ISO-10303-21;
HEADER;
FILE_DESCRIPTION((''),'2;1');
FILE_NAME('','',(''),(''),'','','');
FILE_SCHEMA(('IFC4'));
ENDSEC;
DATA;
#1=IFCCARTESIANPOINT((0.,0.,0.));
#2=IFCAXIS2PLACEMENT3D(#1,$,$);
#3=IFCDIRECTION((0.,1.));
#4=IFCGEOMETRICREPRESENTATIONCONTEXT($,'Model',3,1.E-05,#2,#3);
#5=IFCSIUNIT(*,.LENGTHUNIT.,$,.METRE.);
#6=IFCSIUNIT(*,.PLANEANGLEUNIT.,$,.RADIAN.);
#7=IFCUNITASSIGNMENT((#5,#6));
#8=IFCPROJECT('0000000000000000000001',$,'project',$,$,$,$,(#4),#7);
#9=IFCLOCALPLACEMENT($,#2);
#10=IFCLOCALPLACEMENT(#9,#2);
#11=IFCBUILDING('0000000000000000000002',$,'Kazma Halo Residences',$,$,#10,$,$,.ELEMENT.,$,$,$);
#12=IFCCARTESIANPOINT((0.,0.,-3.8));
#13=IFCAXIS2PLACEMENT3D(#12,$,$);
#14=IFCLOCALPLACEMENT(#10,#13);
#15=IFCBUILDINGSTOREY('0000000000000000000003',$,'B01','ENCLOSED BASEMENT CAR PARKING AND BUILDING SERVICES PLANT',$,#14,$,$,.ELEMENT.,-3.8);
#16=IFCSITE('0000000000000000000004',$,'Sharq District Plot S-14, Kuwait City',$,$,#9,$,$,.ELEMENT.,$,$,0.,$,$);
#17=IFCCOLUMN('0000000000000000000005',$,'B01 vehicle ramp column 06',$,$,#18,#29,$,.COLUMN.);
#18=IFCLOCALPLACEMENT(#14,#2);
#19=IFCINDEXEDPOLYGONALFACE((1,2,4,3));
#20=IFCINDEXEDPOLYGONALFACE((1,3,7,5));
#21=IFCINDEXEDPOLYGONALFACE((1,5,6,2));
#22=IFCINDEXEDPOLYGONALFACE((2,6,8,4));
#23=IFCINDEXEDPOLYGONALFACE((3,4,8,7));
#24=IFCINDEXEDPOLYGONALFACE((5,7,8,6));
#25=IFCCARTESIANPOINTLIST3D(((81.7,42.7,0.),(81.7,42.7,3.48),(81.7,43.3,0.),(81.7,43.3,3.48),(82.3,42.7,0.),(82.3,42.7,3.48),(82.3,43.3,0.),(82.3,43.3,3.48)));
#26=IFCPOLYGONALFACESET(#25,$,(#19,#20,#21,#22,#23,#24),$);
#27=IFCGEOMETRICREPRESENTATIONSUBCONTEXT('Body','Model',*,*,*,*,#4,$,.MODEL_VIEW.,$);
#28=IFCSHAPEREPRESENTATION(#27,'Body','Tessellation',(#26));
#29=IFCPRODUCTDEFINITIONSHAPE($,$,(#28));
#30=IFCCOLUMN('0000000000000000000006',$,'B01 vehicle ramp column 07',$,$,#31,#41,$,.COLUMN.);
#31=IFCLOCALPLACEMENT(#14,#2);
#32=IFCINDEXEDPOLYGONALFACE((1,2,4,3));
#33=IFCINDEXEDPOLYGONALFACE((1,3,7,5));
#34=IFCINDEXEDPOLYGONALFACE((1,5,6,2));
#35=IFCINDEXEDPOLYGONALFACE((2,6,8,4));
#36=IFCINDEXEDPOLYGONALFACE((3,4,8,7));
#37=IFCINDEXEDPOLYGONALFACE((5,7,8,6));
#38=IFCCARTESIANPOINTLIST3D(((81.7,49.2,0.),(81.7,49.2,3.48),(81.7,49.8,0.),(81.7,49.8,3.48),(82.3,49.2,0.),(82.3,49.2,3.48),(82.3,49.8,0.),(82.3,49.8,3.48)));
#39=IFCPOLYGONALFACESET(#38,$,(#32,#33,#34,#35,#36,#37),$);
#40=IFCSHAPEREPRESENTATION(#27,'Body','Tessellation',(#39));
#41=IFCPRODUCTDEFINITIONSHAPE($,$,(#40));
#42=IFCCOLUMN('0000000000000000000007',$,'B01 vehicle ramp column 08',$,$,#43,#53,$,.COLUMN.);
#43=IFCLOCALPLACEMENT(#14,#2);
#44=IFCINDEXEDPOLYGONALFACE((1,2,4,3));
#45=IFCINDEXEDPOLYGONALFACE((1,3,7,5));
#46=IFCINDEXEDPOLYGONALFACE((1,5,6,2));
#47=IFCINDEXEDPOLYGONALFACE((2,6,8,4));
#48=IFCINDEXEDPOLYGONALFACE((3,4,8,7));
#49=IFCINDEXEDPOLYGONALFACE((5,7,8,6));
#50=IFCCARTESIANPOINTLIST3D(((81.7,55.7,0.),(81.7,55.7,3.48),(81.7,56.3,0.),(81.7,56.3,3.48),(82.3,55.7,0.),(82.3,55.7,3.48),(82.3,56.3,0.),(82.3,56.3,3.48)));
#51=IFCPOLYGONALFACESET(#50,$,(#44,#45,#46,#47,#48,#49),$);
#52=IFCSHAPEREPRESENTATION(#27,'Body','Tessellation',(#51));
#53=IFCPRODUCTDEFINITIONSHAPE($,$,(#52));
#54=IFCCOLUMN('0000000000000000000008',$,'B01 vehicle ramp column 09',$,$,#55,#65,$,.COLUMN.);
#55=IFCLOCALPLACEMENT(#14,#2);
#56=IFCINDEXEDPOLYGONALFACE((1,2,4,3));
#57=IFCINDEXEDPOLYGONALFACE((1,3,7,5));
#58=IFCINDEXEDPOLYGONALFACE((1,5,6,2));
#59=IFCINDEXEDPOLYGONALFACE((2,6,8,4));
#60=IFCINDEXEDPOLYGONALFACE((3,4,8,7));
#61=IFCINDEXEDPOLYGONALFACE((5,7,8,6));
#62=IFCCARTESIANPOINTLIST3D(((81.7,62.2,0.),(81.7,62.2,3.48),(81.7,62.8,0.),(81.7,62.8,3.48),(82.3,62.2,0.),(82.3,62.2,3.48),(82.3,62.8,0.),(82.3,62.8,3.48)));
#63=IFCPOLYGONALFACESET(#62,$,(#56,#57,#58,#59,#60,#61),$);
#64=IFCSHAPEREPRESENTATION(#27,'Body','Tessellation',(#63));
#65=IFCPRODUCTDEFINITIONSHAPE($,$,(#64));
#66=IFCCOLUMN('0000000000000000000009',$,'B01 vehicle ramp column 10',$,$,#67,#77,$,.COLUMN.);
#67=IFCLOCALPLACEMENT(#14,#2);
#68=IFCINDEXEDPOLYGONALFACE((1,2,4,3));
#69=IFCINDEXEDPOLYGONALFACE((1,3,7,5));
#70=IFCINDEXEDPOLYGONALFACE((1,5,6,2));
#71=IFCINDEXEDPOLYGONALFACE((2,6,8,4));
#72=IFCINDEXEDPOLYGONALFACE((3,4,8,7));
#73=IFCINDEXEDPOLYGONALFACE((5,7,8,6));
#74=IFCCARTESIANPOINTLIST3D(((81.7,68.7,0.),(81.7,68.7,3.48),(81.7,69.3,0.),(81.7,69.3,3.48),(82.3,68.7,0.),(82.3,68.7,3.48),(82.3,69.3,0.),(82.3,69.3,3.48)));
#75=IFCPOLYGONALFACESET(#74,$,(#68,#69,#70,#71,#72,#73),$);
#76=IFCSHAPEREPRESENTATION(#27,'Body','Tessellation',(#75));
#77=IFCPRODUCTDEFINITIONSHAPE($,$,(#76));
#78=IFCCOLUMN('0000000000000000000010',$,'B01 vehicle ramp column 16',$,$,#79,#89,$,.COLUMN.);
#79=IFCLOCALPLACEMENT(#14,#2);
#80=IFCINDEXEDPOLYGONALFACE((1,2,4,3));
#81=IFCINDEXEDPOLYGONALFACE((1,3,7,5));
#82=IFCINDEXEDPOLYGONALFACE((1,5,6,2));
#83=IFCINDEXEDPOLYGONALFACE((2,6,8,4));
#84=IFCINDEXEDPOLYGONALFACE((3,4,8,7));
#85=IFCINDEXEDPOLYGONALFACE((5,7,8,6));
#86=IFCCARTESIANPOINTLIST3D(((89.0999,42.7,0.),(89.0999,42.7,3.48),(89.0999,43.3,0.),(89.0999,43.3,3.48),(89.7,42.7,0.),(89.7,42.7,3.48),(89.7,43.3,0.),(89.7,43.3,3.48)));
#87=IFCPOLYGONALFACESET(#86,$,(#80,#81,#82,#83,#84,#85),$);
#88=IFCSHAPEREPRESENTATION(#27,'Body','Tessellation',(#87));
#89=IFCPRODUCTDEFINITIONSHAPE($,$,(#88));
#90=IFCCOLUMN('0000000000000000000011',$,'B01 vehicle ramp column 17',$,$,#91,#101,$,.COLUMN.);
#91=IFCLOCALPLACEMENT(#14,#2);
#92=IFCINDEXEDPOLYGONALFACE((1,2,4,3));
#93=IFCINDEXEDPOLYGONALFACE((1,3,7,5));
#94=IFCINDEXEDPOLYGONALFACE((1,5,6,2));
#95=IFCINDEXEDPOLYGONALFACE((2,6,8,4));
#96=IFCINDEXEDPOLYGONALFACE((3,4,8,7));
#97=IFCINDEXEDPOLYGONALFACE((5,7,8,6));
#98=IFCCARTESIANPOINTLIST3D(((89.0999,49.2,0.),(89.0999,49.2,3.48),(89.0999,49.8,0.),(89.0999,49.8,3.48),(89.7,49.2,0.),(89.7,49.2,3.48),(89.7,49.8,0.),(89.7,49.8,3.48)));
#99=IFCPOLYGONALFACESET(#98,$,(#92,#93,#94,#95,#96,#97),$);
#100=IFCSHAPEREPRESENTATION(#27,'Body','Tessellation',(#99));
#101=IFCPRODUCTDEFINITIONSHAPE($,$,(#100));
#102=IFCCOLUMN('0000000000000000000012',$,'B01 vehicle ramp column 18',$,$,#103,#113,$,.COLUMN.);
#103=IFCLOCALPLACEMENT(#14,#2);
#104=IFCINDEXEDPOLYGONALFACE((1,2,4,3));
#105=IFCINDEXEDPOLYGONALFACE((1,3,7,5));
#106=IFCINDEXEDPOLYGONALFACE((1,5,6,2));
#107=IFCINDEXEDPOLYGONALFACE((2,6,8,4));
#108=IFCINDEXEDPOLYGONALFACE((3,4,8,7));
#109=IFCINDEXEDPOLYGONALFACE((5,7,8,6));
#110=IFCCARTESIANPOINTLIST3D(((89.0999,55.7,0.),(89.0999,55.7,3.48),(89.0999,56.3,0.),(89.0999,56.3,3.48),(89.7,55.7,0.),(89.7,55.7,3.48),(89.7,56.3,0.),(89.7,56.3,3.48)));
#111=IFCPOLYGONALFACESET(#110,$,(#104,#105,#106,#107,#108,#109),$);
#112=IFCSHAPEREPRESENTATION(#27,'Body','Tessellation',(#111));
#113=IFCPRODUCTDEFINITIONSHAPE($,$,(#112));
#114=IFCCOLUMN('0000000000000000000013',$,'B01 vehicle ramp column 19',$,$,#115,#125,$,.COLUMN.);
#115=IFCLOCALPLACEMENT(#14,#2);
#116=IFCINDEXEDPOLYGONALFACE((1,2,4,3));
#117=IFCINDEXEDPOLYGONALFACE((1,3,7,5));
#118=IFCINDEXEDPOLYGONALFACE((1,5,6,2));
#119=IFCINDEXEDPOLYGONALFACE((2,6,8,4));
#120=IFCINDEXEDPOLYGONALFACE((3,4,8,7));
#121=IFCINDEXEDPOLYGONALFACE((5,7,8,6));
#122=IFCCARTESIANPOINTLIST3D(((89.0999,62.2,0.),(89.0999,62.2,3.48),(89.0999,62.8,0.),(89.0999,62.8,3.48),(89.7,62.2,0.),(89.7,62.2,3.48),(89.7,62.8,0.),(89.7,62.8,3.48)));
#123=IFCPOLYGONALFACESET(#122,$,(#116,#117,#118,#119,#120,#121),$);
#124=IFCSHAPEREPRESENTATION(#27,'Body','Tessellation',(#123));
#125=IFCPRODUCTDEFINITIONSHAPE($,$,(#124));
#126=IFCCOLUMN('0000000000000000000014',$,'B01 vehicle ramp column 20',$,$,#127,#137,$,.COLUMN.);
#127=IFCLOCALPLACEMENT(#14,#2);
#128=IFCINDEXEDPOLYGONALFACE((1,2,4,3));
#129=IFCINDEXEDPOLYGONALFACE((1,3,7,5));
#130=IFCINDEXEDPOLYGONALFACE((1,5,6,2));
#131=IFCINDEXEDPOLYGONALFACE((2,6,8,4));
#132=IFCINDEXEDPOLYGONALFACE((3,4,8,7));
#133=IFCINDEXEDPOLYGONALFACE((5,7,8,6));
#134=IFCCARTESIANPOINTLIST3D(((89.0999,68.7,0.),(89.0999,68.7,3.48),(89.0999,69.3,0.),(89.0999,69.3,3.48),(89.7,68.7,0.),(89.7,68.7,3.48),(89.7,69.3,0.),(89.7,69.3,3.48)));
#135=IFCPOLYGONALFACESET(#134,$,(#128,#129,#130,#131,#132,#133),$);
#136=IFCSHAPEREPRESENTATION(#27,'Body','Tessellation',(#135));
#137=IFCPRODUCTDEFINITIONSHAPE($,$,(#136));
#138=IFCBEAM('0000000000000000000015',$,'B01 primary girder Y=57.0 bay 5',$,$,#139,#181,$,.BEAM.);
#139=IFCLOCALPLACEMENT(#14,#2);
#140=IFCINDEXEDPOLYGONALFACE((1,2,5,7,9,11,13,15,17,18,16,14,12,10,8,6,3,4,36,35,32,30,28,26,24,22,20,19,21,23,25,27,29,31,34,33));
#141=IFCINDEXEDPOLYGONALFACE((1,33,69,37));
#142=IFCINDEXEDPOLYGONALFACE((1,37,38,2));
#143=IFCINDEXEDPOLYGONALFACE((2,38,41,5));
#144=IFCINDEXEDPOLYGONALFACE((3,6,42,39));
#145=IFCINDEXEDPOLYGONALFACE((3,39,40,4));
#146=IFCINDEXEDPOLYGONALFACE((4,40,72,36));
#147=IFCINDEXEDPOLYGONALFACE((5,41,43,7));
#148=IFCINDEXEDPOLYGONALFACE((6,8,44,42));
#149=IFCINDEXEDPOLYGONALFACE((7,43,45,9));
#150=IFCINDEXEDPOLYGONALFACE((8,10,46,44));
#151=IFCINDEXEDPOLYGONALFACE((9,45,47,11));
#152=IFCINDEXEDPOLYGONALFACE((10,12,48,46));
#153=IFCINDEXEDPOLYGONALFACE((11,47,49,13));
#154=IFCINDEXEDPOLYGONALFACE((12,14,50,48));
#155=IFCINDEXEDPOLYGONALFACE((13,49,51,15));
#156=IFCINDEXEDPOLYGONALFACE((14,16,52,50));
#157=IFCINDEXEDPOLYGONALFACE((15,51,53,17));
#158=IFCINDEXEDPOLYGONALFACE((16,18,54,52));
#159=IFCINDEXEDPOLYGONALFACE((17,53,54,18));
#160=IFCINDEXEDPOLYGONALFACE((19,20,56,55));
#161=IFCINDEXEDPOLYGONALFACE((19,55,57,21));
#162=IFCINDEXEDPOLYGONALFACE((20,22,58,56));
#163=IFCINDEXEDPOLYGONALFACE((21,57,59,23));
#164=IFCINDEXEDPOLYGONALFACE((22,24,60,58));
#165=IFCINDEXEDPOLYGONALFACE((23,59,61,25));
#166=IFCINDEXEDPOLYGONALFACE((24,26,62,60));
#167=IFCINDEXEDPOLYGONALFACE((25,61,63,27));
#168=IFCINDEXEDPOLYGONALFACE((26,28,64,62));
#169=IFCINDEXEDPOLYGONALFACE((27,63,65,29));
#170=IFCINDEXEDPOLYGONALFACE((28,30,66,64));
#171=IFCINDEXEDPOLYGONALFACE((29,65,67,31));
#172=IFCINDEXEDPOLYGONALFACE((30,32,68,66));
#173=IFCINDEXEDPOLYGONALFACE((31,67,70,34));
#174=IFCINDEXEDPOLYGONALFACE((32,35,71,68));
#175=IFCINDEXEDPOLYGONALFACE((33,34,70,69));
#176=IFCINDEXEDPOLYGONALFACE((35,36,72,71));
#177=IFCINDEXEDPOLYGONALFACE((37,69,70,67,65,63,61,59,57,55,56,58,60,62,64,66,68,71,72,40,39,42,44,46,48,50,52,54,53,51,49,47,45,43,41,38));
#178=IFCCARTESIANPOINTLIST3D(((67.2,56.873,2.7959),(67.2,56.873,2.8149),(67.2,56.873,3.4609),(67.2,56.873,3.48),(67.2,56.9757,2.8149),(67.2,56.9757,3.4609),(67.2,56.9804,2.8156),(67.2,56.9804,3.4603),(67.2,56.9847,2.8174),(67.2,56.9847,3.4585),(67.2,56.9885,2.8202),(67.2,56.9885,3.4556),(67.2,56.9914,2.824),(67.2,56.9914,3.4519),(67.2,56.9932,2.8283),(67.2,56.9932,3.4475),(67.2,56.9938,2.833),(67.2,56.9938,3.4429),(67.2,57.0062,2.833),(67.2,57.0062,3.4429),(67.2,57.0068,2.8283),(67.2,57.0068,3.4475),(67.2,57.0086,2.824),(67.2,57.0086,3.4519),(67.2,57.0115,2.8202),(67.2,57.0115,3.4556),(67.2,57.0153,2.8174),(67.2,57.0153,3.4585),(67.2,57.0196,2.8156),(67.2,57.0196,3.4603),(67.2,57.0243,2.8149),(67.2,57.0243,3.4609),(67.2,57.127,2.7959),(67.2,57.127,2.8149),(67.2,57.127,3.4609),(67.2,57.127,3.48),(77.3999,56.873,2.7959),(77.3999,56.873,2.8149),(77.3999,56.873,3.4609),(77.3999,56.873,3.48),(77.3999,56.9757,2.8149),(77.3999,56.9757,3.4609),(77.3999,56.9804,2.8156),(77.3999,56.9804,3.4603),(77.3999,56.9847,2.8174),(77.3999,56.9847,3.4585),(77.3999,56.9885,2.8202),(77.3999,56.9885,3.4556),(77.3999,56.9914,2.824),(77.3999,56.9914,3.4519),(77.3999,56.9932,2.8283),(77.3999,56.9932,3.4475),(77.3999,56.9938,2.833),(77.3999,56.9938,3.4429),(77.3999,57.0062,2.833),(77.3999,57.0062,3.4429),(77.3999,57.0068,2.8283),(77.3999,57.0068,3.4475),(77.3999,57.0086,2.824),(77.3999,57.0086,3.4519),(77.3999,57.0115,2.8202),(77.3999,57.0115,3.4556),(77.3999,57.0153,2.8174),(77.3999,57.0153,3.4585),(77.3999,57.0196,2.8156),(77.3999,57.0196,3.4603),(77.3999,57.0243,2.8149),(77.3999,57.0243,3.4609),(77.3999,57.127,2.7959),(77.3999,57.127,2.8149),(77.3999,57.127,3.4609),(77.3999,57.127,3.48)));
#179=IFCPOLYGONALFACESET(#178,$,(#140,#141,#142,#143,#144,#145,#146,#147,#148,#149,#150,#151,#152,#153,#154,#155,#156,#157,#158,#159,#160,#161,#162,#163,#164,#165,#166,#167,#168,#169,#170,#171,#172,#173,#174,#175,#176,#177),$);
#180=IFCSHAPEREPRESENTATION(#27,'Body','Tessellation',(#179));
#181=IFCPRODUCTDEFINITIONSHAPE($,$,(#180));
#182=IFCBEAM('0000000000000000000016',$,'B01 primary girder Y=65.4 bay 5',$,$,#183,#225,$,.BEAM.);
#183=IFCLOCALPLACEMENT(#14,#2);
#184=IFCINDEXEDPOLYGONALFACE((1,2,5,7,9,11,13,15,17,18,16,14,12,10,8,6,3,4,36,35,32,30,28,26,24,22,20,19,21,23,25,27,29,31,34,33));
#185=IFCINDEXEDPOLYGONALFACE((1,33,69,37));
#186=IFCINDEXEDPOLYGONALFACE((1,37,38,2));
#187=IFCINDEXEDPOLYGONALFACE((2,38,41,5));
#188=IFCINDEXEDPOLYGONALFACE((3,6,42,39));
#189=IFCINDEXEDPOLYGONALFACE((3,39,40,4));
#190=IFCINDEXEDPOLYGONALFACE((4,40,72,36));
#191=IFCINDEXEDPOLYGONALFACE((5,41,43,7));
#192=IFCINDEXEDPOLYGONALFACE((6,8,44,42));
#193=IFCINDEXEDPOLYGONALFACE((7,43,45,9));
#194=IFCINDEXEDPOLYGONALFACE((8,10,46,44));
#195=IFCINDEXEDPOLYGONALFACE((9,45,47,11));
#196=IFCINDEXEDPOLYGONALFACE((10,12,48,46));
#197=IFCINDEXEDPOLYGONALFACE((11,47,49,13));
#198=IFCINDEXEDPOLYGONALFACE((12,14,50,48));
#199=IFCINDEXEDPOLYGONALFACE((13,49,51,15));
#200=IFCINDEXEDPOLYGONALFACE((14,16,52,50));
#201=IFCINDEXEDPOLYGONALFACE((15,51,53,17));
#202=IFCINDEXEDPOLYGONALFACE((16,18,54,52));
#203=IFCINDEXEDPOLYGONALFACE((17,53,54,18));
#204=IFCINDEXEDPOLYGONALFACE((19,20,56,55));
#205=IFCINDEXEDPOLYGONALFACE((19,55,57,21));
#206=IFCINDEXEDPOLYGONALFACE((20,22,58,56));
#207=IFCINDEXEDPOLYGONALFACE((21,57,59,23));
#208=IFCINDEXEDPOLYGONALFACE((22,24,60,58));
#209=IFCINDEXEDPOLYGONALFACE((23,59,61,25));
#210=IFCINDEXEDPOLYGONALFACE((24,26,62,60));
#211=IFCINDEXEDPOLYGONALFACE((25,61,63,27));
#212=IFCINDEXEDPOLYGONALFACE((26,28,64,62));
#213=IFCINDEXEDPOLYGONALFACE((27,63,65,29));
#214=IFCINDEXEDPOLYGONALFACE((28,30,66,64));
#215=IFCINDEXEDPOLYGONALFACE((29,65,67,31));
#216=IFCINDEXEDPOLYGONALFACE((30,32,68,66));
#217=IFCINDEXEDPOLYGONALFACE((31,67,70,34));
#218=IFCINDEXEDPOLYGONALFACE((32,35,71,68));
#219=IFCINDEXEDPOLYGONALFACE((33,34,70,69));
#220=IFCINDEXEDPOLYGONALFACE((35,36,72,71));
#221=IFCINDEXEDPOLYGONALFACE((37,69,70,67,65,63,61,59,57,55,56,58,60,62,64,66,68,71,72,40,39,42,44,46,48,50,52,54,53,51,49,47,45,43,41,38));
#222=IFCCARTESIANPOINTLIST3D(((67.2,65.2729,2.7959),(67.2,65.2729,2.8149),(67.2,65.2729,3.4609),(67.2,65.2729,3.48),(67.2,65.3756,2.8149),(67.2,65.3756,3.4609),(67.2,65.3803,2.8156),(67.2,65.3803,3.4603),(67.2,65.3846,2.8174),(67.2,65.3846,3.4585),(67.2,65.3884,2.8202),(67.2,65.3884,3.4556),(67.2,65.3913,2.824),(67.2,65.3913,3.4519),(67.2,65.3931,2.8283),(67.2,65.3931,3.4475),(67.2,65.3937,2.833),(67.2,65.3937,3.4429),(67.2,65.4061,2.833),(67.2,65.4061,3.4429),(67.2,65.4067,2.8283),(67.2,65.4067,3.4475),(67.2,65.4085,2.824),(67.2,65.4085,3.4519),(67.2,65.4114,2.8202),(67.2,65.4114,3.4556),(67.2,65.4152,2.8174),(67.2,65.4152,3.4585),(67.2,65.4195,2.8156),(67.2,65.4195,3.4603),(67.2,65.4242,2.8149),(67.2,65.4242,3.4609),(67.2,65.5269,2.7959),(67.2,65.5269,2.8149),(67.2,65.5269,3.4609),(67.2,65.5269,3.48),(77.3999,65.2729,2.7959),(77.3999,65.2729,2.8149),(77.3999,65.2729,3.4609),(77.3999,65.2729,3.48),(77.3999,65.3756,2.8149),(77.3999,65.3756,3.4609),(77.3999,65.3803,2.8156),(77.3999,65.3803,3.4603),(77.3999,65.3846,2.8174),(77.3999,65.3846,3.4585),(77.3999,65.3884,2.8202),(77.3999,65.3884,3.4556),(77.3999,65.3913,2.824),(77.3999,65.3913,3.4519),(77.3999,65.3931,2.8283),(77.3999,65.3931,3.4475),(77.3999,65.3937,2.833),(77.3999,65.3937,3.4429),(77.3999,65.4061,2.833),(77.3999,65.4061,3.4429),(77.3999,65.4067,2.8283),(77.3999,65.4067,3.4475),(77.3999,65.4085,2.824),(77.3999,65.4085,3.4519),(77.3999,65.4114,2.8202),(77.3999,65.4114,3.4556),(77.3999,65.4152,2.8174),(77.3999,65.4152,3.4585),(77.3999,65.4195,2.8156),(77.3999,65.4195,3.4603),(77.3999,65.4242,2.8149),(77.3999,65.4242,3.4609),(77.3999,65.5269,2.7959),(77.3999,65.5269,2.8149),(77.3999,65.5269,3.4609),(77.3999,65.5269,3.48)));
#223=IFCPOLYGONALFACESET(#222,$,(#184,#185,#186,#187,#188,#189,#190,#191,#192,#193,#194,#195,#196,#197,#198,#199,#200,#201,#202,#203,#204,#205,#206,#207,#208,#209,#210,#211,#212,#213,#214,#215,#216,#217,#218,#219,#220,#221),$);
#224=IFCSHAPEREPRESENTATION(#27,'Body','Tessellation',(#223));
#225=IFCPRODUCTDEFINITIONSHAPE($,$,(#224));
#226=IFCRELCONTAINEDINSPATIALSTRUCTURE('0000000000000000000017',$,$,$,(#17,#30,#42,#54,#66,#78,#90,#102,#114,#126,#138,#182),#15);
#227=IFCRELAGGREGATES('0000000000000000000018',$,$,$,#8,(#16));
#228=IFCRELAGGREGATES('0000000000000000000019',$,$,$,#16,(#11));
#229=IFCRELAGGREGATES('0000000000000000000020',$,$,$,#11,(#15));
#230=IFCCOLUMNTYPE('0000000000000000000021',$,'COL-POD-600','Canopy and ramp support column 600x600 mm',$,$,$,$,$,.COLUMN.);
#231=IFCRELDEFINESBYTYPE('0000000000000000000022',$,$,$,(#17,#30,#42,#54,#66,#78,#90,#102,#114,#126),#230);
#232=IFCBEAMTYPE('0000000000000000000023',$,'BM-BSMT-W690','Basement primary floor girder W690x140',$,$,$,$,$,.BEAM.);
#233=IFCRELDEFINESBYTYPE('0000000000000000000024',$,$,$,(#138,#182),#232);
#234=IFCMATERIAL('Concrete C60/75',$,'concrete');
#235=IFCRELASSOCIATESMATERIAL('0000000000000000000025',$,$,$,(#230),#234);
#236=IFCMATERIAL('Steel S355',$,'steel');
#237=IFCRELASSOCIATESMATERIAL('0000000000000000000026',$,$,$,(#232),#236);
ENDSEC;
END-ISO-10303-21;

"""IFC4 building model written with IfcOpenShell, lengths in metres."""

from ifc_helpers import new_model, si_unit, direction, frame, origin, origin_2d, place, context, subcontext, project, spatial, rectangle, i_section, extrude, material, material_profile, profile_set, type_object, element, save


model = new_model("IFC4")

# Units and contexts
model_context = context("Model", 3, precision=1e-05, world=origin(), true_north=direction((0.0, 1.0)))
body_context = subcontext(model_context, "Body", "Model", "MODEL_VIEW")
ifc_project = project(units=[si_unit("LENGTHUNIT", "METRE"), si_unit("PLANEANGLEUNIT", "RADIAN")], contexts=[model_context])

# Site, building, storey
site_placement = place(None, origin())
site = spatial("IfcSite", under=ifc_project, at=site_placement, Name="Sharq District Plot S-14, Kuwait City", CompositionType="ELEMENT", RefElevation=0.0)
building_placement = place(site_placement, origin())
building = spatial("IfcBuilding", under=site, at=building_placement, Name="Kazma Halo Residences", CompositionType="ELEMENT")
storey_placement = place(building_placement, frame((0.0, 0.0, -3.8)))
storey = spatial("IfcBuildingStorey", under=building, at=storey_placement, Name="B01", Description="ENCLOSED BASEMENT CAR PARKING AND BUILDING SERVICES PLANT", CompositionType="ELEMENT", Elevation=-3.8)

# Columns
ifc_material_1 = material(Name="Concrete C60/75", Category="concrete")
ifc_material_profile_1 = material_profile(ifc_material_1, rectangle(XDim=0.6001, YDim=0.6001, at=origin_2d()), Name="RECT600x600")
ifc_profile_set_1 = profile_set([ifc_material_profile_1], Name="Concrete C60/75")
column_type_1 = type_object("IfcColumnType", Name="COL-POD-600", Description="Canopy and ramp support column 600x600 mm", PredefinedType="COLUMN", material=ifc_profile_set_1)
for number, where, z_axis, x_axis, name in (
    (1, (82.0, 43.0, 0.0), (0.0, 0.0, 1.0), (1.0, 0.0, 0.0), "B01 vehicle ramp column 06"),
    (2, (82.0, 49.5, 0.0), (0.0, 0.0, 1.0), (1.0, 0.0, 0.0), "B01 vehicle ramp column 07"),
    (3, (82.0, 56.0, 0.0), (0.0, 0.0, 1.0), (1.0, 0.0, 0.0), "B01 vehicle ramp column 08"),
    (4, (82.0, 62.5, 0.0), (0.0, 0.0, 1.0), (1.0, 0.0, 0.0), "B01 vehicle ramp column 09"),
    (5, (82.0, 69.0, 0.0), (0.0, 0.0, 1.0), (1.0, 0.0, 0.0), "B01 vehicle ramp column 10"),
    (6, (89.3999, 43.0, 0.0), (0.0, 0.0, 1.0), (1.0, 0.0, 0.0), "B01 vehicle ramp column 16"),
    (7, (89.3999, 49.5, 0.0), (0.0, 0.0, 1.0), (1.0, 0.0, 0.0), "B01 vehicle ramp column 17"),
    (8, (89.3999, 56.0, 0.0), (0.0, 0.0, 1.0), (1.0, 0.0, 0.0), "B01 vehicle ramp column 18"),
    (9, (89.3999, 62.5, 0.0), (0.0, 0.0, 1.0), (1.0, 0.0, 0.0), "B01 vehicle ramp column 19"),
    (10, (89.3999, 69.0, 0.0), (0.0, 0.0, 1.0), (1.0, 0.0, 0.0), "B01 vehicle ramp column 20"),
):
    element("IfcColumn", number, at=place(storey_placement, frame(where, z_axis=z_axis, x_axis=x_axis)), inside=storey, type_object=column_type_1, Name=name, PredefinedType="COLUMN", context=body_context, shape_type="SweptSolid", body=[
        extrude(rectangle(XDim=0.6001, YDim=0.6001, at=origin_2d()), origin(), (0.0, 0.0, 1.0), 3.48),
    ])

# Beams
ifc_material_2 = material(Name="Steel S355", Category="steel")
ifc_material_profile_2 = material_profile(ifc_material_2, i_section(OverallWidth=0.2539, OverallDepth=0.6841, WebThickness=0.0125, FlangeThickness=0.019, FilletRadius=0.0181, at=origin_2d()), Name="W690x140")
ifc_profile_set_2 = profile_set([ifc_material_profile_2], Name="Steel S355")
beam_type_1 = type_object("IfcBeamType", Name="BM-BSMT-W690", Description="Basement primary floor girder W690x140", PredefinedType="BEAM", material=ifc_profile_set_2)
for number, where, z_axis, x_axis, name in (
    (11, (67.2, 57.0, 3.1379), (1.0, 0.0, 0.0), (0.0, 1.0, 0.0), "B01 primary girder Y=57.0 bay 5"),
    (12, (67.2, 65.3999, 3.1379), (1.0, 0.0, 0.0), (0.0, 1.0, 0.0), "B01 primary girder Y=65.4 bay 5"),
):
    element("IfcBeam", number, at=place(storey_placement, frame(where, z_axis=z_axis, x_axis=x_axis)), inside=storey, type_object=beam_type_1, Name=name, PredefinedType="BEAM", context=body_context, shape_type="SweptSolid", body=[
        extrude(i_section(OverallWidth=0.2539, OverallDepth=0.6841, WebThickness=0.0125, FlangeThickness=0.019, FilletRadius=0.0181, at=origin_2d()), origin(), (0.0, 0.0, 1.0), 10.2),
    ])

save(model, "model.ifc")
